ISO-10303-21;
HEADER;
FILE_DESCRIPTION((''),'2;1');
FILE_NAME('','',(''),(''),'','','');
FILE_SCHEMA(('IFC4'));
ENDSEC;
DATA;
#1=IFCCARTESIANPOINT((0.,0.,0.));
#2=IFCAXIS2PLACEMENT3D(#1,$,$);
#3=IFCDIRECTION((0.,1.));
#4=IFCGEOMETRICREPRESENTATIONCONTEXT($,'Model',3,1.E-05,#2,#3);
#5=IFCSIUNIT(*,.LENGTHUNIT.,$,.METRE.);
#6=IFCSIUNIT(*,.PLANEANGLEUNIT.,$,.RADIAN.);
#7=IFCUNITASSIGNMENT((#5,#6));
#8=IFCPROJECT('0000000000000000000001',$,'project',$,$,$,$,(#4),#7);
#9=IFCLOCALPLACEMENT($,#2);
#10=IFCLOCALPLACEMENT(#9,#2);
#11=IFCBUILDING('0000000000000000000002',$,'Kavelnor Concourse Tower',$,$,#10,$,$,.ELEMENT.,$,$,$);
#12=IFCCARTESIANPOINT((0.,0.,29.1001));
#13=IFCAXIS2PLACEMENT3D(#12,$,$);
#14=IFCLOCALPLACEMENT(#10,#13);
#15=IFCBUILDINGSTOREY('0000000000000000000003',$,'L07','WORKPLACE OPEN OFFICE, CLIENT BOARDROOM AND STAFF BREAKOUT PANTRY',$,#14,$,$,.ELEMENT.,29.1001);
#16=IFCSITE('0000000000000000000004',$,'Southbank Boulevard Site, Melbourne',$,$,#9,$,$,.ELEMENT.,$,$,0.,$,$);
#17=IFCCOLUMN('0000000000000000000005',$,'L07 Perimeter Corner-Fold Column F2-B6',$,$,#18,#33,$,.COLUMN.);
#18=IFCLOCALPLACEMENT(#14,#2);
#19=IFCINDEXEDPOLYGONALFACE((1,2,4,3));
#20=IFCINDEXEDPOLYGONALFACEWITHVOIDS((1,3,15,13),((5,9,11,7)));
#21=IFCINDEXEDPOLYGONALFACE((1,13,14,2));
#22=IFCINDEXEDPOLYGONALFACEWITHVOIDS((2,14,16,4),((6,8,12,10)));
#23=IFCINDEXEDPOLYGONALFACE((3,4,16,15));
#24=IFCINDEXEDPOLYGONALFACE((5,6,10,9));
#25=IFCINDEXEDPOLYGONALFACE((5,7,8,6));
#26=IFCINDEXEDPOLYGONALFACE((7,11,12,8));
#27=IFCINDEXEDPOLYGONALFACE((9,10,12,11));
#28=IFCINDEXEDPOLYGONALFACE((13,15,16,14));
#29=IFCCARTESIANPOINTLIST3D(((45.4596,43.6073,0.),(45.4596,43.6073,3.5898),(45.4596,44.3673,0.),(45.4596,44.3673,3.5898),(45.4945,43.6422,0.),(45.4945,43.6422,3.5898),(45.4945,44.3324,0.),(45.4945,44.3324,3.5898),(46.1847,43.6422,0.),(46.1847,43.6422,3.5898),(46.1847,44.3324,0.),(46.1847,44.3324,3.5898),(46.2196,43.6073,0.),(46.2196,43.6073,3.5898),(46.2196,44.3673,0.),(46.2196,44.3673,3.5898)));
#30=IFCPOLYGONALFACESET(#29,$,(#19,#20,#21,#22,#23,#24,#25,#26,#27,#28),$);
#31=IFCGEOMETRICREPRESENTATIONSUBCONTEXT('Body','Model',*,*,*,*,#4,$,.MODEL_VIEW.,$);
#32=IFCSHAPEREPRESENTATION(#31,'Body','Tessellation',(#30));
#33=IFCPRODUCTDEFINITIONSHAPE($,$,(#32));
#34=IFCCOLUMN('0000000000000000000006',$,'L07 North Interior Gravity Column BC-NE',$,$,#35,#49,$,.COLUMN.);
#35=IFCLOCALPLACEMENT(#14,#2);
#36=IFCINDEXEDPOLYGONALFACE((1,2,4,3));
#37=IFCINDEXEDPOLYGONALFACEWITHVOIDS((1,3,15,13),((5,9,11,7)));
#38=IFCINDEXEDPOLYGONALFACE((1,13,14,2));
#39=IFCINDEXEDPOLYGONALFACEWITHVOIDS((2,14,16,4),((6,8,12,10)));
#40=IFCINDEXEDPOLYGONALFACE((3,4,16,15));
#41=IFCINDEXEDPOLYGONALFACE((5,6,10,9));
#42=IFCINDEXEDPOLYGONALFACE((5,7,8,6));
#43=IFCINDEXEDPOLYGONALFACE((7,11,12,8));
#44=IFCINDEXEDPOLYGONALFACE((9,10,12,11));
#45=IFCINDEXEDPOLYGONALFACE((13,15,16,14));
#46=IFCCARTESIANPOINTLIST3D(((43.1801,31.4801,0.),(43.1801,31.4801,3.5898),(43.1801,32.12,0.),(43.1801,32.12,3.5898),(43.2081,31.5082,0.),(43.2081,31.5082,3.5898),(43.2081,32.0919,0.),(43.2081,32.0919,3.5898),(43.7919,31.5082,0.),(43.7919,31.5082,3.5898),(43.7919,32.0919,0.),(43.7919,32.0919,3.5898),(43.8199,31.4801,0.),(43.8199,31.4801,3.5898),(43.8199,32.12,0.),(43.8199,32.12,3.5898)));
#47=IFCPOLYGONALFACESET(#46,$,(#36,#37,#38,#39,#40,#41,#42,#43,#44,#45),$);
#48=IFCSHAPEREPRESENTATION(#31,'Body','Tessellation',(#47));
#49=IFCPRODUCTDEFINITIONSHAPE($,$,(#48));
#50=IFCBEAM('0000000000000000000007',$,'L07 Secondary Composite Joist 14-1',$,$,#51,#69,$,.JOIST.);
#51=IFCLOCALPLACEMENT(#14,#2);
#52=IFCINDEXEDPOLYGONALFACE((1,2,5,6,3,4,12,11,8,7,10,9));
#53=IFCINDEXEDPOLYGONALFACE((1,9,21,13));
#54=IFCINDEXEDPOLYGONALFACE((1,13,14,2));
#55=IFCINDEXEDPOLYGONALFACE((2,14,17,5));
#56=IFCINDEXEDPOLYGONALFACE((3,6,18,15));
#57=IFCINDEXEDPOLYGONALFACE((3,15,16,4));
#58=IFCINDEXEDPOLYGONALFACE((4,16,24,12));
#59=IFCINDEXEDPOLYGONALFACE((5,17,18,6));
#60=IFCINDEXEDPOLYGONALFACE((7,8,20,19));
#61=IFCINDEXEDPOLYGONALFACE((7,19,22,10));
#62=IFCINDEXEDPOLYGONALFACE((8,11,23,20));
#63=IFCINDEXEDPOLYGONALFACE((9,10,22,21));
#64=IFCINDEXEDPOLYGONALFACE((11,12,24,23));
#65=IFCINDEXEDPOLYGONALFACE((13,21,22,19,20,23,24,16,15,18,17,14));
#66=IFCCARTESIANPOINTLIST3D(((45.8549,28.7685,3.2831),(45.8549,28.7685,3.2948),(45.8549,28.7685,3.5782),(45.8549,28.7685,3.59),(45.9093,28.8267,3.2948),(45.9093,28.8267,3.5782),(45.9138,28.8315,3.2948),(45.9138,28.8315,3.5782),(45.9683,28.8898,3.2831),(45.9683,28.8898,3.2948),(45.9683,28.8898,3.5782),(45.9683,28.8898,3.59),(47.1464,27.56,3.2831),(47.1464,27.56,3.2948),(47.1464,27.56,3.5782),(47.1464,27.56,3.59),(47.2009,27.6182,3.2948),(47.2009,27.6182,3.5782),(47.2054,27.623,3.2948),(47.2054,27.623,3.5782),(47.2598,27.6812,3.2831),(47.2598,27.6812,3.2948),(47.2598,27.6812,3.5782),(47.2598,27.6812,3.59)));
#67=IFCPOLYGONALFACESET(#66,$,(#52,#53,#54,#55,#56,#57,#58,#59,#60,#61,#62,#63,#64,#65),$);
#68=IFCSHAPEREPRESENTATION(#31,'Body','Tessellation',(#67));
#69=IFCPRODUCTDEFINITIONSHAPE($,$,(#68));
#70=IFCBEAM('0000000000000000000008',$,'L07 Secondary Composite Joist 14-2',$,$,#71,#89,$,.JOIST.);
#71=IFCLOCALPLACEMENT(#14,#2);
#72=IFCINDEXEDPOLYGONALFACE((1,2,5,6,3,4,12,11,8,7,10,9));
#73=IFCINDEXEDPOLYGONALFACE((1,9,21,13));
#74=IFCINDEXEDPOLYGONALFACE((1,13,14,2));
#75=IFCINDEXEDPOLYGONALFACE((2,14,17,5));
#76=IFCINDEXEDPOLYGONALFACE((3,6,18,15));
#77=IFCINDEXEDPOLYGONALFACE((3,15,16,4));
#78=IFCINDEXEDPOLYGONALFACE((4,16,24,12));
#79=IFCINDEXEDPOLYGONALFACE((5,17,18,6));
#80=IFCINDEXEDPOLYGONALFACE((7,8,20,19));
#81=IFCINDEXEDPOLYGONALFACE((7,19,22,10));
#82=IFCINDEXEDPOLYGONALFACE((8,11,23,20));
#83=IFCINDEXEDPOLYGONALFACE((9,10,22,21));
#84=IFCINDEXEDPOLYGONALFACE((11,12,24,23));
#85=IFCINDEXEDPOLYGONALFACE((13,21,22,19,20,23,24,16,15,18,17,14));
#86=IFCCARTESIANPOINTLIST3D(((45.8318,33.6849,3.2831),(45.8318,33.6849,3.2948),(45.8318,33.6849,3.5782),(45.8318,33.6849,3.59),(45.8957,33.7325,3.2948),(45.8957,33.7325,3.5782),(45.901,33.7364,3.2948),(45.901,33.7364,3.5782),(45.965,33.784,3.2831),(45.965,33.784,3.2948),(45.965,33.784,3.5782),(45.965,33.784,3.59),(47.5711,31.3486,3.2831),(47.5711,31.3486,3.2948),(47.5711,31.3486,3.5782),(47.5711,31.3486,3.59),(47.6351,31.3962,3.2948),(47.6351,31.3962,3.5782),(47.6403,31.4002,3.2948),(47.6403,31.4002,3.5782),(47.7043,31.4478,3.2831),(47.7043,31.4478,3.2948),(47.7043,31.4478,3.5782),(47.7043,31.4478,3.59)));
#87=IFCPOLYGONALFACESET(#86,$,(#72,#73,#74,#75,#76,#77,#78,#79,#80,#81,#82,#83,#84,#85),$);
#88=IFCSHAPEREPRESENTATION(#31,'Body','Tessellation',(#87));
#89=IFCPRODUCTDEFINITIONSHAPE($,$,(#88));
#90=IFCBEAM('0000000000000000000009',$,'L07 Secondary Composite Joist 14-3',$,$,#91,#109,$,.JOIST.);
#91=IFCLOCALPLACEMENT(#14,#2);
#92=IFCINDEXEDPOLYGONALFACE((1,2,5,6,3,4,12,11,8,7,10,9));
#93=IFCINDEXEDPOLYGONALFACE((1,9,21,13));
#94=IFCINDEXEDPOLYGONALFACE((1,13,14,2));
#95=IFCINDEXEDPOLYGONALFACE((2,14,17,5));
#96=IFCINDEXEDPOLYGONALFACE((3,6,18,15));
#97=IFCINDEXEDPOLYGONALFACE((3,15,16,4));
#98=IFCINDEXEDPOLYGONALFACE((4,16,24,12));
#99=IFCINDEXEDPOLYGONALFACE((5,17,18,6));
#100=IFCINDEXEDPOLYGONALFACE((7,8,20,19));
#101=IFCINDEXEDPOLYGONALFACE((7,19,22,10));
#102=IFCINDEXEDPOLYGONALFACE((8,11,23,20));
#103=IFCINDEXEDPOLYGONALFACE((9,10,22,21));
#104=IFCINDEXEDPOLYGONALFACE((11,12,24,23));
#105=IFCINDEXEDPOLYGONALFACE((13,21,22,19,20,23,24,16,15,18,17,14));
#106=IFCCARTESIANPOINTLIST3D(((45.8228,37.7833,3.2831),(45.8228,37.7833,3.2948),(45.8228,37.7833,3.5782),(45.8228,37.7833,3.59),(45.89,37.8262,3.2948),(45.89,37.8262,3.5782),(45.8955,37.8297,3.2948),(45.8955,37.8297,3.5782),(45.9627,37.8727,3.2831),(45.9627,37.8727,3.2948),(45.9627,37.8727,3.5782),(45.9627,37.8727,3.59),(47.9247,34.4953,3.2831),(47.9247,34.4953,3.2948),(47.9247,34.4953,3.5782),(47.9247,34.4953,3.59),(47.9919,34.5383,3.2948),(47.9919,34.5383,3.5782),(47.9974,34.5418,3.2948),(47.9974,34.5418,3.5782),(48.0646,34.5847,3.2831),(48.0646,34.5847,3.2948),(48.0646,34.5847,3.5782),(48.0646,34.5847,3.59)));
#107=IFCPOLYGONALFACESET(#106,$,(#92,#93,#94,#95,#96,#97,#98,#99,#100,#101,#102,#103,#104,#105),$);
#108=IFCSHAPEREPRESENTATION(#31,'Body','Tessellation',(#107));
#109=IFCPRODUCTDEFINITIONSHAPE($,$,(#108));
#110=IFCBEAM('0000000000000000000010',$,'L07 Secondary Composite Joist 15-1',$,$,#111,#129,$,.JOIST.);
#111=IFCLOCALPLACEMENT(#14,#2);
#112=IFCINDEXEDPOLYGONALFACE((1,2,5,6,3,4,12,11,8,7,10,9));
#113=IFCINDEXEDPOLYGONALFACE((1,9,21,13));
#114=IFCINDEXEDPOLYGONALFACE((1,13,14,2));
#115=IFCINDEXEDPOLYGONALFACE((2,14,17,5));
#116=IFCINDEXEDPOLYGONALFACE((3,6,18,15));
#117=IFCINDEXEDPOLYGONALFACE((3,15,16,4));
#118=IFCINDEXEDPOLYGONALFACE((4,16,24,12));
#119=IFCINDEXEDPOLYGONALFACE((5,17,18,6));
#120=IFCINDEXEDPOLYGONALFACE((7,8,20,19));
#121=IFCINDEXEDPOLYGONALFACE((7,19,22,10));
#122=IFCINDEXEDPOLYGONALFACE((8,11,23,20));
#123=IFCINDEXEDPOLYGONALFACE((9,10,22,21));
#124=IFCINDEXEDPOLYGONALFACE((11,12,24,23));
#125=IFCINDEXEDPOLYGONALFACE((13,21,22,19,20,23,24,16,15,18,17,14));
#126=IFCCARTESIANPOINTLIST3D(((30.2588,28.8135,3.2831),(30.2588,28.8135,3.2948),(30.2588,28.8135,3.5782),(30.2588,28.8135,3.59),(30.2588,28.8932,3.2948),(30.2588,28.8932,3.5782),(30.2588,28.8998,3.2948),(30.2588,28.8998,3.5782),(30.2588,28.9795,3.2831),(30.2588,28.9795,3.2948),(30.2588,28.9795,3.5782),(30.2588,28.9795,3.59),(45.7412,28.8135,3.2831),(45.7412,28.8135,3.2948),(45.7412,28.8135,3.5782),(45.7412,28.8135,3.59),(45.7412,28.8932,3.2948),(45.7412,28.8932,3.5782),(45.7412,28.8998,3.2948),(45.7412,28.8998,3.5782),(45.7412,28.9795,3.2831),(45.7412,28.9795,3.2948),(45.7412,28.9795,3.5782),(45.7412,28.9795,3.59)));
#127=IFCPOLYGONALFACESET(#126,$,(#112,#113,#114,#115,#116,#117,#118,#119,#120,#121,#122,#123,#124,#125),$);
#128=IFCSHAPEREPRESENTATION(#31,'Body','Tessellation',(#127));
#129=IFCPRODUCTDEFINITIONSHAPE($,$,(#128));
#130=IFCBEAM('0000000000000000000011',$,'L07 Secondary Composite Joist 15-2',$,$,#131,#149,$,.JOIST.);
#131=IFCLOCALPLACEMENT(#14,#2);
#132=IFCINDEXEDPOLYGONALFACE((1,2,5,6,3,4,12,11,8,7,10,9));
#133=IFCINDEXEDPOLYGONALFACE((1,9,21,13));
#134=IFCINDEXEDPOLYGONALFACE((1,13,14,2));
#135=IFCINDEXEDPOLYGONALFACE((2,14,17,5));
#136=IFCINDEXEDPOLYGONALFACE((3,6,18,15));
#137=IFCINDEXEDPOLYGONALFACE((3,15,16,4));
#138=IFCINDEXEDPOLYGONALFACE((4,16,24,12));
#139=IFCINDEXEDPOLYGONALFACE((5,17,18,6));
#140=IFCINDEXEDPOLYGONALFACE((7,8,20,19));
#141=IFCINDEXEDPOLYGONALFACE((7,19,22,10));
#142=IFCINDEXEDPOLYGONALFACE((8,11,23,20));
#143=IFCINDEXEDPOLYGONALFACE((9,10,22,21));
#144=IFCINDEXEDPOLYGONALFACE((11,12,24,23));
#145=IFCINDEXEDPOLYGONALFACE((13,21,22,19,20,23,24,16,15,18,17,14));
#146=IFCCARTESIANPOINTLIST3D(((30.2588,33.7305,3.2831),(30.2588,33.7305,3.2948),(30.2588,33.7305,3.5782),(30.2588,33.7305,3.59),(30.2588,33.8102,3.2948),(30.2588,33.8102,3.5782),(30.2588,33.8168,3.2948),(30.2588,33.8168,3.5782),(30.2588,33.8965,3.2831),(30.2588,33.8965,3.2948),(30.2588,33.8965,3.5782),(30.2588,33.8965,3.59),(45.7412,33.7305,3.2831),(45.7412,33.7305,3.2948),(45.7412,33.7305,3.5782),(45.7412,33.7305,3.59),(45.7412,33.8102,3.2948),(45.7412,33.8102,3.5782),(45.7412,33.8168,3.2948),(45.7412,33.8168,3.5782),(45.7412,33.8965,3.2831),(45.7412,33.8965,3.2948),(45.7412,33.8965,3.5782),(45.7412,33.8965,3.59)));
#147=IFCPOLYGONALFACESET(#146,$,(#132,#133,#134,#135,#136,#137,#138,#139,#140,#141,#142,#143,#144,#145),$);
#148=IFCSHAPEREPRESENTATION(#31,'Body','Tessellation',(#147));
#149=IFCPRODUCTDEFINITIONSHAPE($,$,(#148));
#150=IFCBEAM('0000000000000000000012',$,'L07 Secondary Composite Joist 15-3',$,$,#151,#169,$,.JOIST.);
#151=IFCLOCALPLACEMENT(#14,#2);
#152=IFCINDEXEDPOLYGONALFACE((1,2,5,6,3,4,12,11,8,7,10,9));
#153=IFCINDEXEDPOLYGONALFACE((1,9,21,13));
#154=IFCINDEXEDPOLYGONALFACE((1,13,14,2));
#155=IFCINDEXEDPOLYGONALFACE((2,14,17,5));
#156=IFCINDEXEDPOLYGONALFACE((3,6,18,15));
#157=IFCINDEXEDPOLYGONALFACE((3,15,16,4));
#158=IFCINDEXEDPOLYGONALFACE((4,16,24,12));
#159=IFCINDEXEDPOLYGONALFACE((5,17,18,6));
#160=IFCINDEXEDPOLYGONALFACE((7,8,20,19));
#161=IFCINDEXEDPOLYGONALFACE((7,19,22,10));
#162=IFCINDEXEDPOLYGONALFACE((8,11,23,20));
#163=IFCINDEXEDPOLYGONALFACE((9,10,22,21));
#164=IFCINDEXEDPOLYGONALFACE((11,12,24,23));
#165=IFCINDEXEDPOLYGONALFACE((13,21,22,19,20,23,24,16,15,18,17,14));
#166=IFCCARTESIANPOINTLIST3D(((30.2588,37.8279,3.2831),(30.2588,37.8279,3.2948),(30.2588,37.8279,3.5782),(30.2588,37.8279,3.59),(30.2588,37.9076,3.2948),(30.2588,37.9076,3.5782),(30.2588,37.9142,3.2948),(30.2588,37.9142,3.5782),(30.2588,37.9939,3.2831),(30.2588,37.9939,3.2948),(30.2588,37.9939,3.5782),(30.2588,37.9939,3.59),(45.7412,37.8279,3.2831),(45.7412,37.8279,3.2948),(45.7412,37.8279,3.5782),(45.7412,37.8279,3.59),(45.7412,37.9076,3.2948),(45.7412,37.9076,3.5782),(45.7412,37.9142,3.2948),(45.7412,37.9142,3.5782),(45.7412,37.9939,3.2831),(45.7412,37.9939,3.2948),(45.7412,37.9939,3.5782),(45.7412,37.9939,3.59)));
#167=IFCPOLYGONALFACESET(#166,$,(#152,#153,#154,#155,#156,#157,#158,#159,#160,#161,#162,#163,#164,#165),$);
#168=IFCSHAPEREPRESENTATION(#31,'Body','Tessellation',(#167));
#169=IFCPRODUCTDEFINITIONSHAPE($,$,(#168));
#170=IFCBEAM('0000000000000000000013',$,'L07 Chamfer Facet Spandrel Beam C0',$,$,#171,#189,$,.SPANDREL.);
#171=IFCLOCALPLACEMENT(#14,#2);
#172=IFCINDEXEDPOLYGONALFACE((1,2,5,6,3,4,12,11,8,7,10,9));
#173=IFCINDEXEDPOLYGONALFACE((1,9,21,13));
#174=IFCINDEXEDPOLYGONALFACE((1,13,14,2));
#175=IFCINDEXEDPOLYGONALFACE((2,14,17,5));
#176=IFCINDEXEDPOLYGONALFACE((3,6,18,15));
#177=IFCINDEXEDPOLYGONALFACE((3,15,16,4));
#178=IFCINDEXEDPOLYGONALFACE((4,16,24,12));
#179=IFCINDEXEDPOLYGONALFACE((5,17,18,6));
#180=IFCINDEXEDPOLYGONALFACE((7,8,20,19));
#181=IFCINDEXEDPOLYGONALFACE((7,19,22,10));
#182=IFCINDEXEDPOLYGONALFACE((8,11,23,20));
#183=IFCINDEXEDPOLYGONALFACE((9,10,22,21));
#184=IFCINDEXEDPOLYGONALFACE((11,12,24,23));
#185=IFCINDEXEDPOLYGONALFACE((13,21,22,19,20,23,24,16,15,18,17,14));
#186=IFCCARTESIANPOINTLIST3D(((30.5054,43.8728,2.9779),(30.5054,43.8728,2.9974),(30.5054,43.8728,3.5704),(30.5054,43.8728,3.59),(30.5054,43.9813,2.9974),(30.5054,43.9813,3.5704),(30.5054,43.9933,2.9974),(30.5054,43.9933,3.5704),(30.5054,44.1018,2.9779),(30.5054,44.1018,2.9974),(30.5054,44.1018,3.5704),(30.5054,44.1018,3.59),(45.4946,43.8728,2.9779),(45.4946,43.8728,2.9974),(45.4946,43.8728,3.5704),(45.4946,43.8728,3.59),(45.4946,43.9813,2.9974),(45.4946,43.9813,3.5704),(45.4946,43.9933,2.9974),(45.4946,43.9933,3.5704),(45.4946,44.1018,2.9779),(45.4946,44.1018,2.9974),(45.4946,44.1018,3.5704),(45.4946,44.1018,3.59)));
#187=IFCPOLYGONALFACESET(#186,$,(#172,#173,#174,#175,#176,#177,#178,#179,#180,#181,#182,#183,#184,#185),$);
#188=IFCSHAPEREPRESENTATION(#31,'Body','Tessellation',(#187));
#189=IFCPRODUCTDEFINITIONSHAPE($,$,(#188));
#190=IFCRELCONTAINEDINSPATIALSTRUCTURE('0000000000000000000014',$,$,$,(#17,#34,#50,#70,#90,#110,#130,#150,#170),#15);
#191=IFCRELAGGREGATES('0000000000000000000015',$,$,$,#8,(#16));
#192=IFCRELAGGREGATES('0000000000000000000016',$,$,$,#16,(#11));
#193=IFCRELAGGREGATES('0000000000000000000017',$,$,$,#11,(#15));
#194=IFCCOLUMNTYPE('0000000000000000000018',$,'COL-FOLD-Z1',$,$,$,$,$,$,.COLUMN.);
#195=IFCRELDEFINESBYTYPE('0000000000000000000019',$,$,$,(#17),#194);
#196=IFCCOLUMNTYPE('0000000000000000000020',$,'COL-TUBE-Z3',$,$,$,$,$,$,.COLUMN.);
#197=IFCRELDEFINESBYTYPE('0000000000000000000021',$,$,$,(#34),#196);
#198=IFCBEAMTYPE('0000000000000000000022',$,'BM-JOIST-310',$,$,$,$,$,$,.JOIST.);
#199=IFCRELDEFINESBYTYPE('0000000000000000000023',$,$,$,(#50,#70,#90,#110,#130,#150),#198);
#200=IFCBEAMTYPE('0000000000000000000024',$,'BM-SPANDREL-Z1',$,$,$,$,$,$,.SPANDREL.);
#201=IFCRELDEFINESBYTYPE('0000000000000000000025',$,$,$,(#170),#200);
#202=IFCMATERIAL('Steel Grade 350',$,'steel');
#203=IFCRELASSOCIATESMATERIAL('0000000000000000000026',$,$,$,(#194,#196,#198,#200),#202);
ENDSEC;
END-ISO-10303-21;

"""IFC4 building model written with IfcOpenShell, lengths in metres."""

from ifc_helpers import new_model, si_unit, direction, frame, origin, origin_2d, place, context, subcontext, project, spatial, hollow_rectangle, i_section, extrude, material, material_profile, profile_set, type_object, element, save


model = new_model("IFC4")

# Units and contexts
model_context = context("Model", 3, precision=1e-05, world=origin(), true_north=direction((0.0, 1.0)))
body_context = subcontext(model_context, "Body", "Model", "MODEL_VIEW")
ifc_project = project(units=[si_unit("LENGTHUNIT", "METRE"), si_unit("PLANEANGLEUNIT", "RADIAN")], contexts=[model_context])

# Site, building, storey
site_placement = place(None, origin())
site = spatial("IfcSite", under=ifc_project, at=site_placement, Name="Southbank Boulevard Site, Melbourne", CompositionType="ELEMENT", RefElevation=0.0)
building_placement = place(site_placement, origin())
building = spatial("IfcBuilding", under=site, at=building_placement, Name="Kavelnor Concourse Tower", CompositionType="ELEMENT")
storey_placement = place(building_placement, frame((0.0, 0.0, 29.1001)))
storey = spatial("IfcBuildingStorey", under=building, at=storey_placement, Name="L07", Description="WORKPLACE OPEN OFFICE, CLIENT BOARDROOM AND STAFF BREAKOUT PANTRY", CompositionType="ELEMENT", Elevation=29.1001)

# Columns
ifc_material_1 = material(Name="Steel Grade 350", Category="steel")
ifc_material_profile_1 = material_profile(ifc_material_1, hollow_rectangle(XDim=0.76, YDim=0.76, WallThickness=0.0349, at=origin_2d()), Name="SHS 760x760x35")
ifc_profile_set_1 = profile_set([ifc_material_profile_1], Name="Steel Grade 350")
column_type_1 = type_object("IfcColumnType", Name="COL-FOLD-Z1", PredefinedType="COLUMN", material=ifc_profile_set_1)
column_1_placement = place(storey_placement, frame((45.8396, 43.9873, 0.0), z_axis=(0.0, 0.0, 1.0), x_axis=(1.0, 0.0, 0.0)))
element("IfcColumn", 1, at=column_1_placement, inside=storey, type_object=column_type_1, Name="L07 Perimeter Corner-Fold Column F2-B6", PredefinedType="COLUMN", context=body_context, shape_type="SweptSolid", body=[
    extrude(hollow_rectangle(XDim=0.76, YDim=0.76, WallThickness=0.0349, at=origin_2d()), origin(), (0.0, 0.0, 1.0), 3.5898),
])
ifc_material_profile_2 = material_profile(ifc_material_1, hollow_rectangle(XDim=0.6399, YDim=0.6399, WallThickness=0.0281, at=origin_2d()), Name="SHS 640x640x28")
ifc_profile_set_2 = profile_set([ifc_material_profile_2], Name="Steel Grade 350")
column_type_2 = type_object("IfcColumnType", Name="COL-TUBE-Z3", PredefinedType="COLUMN", material=ifc_profile_set_2)
column_2_placement = place(storey_placement, frame((43.5, 31.8, 0.0), z_axis=(0.0, 0.0, 1.0), x_axis=(1.0, 0.0, 0.0)))
element("IfcColumn", 2, at=column_2_placement, inside=storey, type_object=column_type_2, Name="L07 North Interior Gravity Column BC-NE", PredefinedType="COLUMN", context=body_context, shape_type="SweptSolid", body=[
    extrude(hollow_rectangle(XDim=0.6399, YDim=0.6399, WallThickness=0.0281, at=origin_2d()), origin(), (0.0, 0.0, 1.0), 3.5898),
])

# Beams
ifc_material_profile_3 = material_profile(ifc_material_1, i_section(OverallWidth=0.166, OverallDepth=0.3069, WebThickness=0.0066, FlangeThickness=0.0117, at=origin_2d()), Name="310UB46")
ifc_profile_set_3 = profile_set([ifc_material_profile_3], Name="Steel Grade 350")
beam_type_1 = type_object("IfcBeamType", Name="BM-JOIST-310", PredefinedType="JOIST", material=ifc_profile_set_3)
beam_1_placement = place(storey_placement, frame((47.2031, 27.6206, 3.4365), z_axis=(-0.730183, 0.683252, 0.0), x_axis=(-0.683252, -0.730183, 0.0)))
element("IfcBeam", 3, at=beam_1_placement, inside=storey, type_object=beam_type_1, Name="L07 Secondary Composite Joist 14-1", PredefinedType="JOIST", context=body_context, shape_type="SweptSolid", body=[
    extrude(i_section(OverallWidth=0.166, OverallDepth=0.3069, WebThickness=0.0066, FlangeThickness=0.0117, at=origin_2d()), origin(), (0.0, 0.0, 1.0), 1.7688),
])
beam_2_placement = place(storey_placement, frame((47.6377, 31.3982, 3.4365), z_axis=(-0.597166, 0.802117, 0.0), x_axis=(-0.802117, -0.597166, 0.0)))
element("IfcBeam", 4, at=beam_2_placement, inside=storey, type_object=beam_type_1, Name="L07 Secondary Composite Joist 14-2", PredefinedType="JOIST", context=body_context, shape_type="SweptSolid", body=[
    extrude(i_section(OverallWidth=0.166, OverallDepth=0.3069, WebThickness=0.0066, FlangeThickness=0.0117, at=origin_2d()), origin(), (0.0, 0.0, 1.0), 2.9126),
])
beam_3_placement = place(storey_placement, frame((47.9946, 34.54, 3.4365), z_axis=(-0.538615, 0.842552, 0.0), x_axis=(-0.842552, -0.538615, 0.0)))
element("IfcBeam", 5, at=beam_3_placement, inside=storey, type_object=beam_type_1, Name="L07 Secondary Composite Joist 14-3", PredefinedType="JOIST", context=body_context, shape_type="SweptSolid", body=[
    extrude(i_section(OverallWidth=0.166, OverallDepth=0.3069, WebThickness=0.0066, FlangeThickness=0.0117, at=origin_2d()), origin(), (0.0, 0.0, 1.0), 3.9023),
])
for number, where, z_axis, x_axis, name in (
    (6, (45.7412, 28.8965, 3.4365), (-1.0, 0.0, 0.0), (0.0, -1.0, 0.0), "L07 Secondary Composite Joist 15-1"),
    (7, (45.7412, 33.8135, 3.4365), (-1.0, 0.0, 0.0), (0.0, -1.0, 0.0), "L07 Secondary Composite Joist 15-2"),
    (8, (45.7412, 37.9109, 3.4365), (-1.0, 0.0, 0.0), (0.0, -1.0, 0.0), "L07 Secondary Composite Joist 15-3"),
):
    element("IfcBeam", number, at=place(storey_placement, frame(where, z_axis=z_axis, x_axis=x_axis)), inside=storey, type_object=beam_type_1, Name=name, PredefinedType="JOIST", context=body_context, shape_type="SweptSolid", body=[
        extrude(i_section(OverallWidth=0.166, OverallDepth=0.3069, WebThickness=0.0066, FlangeThickness=0.0117, at=origin_2d()), origin(), (0.0, 0.0, 1.0), 15.4824),
    ])
ifc_material_profile_4 = material_profile(ifc_material_1, i_section(OverallWidth=0.229, OverallDepth=0.6121, WebThickness=0.012, FlangeThickness=0.0195, at=origin_2d()), Name="610UB125")
ifc_profile_set_4 = profile_set([ifc_material_profile_4], Name="Steel Grade 350")
beam_type_2 = type_object("IfcBeamType", Name="BM-SPANDREL-Z1", PredefinedType="SPANDREL", material=ifc_profile_set_4)
beam_4_placement = place(storey_placement, frame((45.4946, 43.9873, 3.2839), z_axis=(-1.0, 0.0, 0.0), x_axis=(0.0, -1.0, 0.0)))
element("IfcBeam", 9, at=beam_4_placement, inside=storey, type_object=beam_type_2, Name="L07 Chamfer Facet Spandrel Beam C0", PredefinedType="SPANDREL", context=body_context, shape_type="SweptSolid", body=[
    extrude(i_section(OverallWidth=0.229, OverallDepth=0.6121, WebThickness=0.012, FlangeThickness=0.0195, at=origin_2d()), origin(), (0.0, 0.0, 1.0), 14.9893),
])

save(model, "model.ifc")
